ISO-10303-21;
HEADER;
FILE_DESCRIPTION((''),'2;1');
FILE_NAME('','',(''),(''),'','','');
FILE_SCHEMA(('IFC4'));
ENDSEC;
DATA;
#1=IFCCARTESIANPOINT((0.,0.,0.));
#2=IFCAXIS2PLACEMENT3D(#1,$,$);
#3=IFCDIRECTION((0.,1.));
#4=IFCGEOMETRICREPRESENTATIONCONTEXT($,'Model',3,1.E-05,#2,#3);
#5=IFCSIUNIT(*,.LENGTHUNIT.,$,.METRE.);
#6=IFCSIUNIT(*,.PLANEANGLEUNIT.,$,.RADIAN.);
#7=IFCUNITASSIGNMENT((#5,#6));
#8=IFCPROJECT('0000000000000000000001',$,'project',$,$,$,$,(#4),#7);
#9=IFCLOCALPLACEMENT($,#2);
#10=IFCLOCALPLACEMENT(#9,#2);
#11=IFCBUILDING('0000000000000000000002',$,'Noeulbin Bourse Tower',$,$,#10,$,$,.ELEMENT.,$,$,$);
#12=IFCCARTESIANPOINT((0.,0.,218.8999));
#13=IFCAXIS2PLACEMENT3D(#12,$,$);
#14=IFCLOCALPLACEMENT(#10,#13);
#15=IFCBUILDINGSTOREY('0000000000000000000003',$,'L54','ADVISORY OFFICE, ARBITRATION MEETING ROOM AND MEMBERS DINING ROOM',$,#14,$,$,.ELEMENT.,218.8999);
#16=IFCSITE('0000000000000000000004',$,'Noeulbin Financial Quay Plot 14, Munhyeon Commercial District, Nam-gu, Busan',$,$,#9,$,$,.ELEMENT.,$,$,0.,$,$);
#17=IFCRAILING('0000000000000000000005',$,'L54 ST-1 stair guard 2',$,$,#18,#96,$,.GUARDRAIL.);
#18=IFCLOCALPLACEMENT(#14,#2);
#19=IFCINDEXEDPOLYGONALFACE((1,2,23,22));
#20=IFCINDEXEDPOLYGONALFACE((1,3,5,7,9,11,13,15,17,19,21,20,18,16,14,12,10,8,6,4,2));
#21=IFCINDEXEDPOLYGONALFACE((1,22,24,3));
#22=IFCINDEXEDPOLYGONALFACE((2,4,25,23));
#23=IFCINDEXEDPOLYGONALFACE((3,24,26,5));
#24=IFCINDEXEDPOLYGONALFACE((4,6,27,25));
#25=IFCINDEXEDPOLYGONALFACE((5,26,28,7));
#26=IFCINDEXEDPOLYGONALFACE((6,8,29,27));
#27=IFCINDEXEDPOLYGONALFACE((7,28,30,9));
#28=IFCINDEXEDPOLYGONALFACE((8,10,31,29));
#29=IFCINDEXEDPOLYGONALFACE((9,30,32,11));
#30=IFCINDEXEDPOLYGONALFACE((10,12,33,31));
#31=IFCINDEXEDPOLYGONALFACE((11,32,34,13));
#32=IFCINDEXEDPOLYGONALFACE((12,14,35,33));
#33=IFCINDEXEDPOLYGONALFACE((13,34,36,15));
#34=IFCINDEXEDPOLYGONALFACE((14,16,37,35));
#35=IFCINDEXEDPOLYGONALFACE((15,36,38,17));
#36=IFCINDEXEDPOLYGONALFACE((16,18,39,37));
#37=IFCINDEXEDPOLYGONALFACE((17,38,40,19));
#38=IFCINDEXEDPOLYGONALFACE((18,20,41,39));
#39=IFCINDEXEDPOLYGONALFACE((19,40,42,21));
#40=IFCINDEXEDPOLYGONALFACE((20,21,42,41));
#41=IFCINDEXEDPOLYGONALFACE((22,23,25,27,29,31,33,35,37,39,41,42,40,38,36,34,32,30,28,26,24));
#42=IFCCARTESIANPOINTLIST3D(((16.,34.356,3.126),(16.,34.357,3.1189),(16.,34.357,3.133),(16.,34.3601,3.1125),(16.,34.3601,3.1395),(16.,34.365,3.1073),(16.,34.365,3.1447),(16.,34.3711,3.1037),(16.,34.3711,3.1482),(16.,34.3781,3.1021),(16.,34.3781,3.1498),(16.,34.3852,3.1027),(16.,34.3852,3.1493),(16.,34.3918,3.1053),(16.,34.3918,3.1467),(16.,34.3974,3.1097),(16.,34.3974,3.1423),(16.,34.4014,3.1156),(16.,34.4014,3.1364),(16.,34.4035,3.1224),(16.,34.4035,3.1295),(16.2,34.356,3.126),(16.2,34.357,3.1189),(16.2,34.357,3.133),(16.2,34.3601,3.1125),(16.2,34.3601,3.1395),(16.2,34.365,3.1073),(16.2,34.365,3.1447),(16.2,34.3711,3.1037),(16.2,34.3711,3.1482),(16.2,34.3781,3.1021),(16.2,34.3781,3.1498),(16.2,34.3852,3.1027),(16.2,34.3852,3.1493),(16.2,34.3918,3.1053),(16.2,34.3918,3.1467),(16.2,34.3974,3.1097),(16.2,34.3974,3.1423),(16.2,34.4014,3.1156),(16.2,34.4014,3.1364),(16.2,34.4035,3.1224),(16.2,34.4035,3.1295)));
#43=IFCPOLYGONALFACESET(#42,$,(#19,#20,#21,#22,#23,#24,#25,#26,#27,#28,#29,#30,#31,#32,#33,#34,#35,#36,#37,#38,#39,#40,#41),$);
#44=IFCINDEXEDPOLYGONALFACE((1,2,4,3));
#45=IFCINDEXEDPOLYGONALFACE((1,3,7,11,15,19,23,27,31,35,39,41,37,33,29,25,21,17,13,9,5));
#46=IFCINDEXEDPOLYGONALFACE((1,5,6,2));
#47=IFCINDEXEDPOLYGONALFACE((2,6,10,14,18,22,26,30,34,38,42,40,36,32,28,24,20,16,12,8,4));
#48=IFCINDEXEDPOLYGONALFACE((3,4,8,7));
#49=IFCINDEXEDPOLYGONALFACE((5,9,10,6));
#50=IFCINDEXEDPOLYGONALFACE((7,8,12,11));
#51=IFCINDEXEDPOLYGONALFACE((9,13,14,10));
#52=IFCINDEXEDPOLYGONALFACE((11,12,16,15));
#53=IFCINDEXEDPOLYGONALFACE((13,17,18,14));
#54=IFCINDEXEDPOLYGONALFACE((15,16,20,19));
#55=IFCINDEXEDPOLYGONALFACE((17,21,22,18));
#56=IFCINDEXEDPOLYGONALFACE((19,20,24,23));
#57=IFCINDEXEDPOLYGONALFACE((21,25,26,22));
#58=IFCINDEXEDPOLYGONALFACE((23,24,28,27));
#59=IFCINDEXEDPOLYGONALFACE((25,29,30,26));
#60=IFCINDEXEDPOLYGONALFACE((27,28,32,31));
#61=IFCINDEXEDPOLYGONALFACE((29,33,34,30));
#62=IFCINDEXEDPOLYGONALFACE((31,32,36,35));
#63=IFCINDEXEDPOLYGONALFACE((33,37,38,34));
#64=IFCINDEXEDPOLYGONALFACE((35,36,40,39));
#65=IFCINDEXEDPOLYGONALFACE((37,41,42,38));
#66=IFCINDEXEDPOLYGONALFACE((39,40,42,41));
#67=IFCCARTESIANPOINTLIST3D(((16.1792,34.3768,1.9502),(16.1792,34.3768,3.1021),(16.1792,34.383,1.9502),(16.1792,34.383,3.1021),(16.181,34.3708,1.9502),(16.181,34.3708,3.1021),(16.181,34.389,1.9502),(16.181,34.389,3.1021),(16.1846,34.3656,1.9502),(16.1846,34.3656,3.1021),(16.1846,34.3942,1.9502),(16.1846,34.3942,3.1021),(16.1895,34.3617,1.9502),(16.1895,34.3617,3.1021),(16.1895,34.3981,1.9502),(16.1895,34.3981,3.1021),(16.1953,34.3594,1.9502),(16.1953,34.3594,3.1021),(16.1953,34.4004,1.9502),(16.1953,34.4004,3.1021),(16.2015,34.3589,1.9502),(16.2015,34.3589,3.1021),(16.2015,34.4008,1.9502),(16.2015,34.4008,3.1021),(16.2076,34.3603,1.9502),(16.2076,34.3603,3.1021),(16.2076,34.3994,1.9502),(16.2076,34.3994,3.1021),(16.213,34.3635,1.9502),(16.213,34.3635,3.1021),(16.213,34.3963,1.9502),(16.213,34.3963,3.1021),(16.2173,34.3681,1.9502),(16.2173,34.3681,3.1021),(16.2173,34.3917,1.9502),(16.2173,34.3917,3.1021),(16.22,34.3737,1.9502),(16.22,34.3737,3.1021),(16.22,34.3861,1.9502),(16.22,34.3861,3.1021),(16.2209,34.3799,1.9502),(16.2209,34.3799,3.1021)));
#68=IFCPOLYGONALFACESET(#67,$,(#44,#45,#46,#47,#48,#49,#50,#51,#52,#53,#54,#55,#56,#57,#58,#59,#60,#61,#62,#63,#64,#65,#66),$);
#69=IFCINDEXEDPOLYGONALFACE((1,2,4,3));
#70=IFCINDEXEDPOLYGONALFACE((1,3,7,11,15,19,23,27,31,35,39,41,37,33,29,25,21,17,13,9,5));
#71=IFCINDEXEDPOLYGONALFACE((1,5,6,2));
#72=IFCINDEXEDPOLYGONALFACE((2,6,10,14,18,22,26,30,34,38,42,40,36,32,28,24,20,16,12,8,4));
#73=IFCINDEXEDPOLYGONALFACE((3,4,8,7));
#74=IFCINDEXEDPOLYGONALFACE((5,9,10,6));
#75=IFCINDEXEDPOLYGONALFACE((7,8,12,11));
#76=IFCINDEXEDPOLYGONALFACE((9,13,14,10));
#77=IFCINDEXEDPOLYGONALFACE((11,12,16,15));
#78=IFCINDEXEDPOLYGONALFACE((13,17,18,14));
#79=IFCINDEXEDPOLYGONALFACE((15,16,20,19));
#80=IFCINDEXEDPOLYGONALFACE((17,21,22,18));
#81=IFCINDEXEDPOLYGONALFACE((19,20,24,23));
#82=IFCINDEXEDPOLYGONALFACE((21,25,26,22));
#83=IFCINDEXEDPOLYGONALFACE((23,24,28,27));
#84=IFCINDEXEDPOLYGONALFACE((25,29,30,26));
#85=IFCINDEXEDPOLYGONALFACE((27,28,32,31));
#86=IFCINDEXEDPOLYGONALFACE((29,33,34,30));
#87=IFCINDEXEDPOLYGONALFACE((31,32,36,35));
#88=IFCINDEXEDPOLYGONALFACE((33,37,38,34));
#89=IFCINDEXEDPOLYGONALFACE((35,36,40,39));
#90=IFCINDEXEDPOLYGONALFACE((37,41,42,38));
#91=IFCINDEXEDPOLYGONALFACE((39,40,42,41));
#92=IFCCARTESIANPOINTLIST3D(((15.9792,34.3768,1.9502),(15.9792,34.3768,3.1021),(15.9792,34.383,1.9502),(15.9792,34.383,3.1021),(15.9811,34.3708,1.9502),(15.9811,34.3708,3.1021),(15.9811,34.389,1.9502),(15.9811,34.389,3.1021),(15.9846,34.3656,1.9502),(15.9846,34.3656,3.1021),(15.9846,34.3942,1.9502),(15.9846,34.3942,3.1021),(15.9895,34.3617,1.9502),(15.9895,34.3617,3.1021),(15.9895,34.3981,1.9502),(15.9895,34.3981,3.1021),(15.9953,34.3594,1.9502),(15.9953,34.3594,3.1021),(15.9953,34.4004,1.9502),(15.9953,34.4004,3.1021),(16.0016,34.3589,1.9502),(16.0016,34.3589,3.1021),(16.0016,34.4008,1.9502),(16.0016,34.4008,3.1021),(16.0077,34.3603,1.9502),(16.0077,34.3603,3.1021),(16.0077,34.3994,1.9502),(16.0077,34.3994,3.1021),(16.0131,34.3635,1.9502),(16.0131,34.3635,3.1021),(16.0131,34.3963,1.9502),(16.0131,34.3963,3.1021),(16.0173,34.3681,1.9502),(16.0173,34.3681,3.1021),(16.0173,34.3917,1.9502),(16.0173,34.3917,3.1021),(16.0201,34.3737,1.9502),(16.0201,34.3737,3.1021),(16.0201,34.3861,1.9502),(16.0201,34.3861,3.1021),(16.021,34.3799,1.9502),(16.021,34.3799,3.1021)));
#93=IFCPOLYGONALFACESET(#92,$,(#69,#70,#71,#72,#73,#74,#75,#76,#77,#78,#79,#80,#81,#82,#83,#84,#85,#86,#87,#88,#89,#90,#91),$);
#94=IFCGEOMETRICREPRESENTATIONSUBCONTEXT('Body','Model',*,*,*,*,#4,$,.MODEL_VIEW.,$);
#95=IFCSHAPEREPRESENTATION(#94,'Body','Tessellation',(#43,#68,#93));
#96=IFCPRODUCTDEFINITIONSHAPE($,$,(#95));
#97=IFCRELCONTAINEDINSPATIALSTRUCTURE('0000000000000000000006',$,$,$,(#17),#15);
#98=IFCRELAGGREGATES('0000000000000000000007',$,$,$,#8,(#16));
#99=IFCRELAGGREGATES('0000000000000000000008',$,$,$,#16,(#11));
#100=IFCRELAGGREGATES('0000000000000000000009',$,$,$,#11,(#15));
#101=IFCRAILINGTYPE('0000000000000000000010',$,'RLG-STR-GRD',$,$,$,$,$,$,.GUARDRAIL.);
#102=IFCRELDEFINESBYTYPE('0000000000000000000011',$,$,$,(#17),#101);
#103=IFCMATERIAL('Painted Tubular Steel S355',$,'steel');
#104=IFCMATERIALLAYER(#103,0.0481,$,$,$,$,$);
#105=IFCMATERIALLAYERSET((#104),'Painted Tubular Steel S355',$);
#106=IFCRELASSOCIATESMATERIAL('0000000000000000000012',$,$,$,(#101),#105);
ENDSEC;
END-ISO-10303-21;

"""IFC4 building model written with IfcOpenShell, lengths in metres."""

from ifc_helpers import new_model, si_unit, direction, frame, origin, origin_2d, place, context, subcontext, project, spatial, circle, extrude, material, layer, layer_set, type_object, element, save


model = new_model("IFC4")

# Units and contexts
model_context = context("Model", 3, precision=1e-05, world=origin(), true_north=direction((0.0, 1.0)))
body_context = subcontext(model_context, "Body", "Model", "MODEL_VIEW")
ifc_project = project(units=[si_unit("LENGTHUNIT", "METRE"), si_unit("PLANEANGLEUNIT", "RADIAN")], contexts=[model_context])

# Site, building, storey
site_placement = place(None, origin())
site = spatial("IfcSite", under=ifc_project, at=site_placement, Name="Noeulbin Financial Quay Plot 14, Munhyeon Commercial District, Nam-gu, Busan", CompositionType="ELEMENT", RefElevation=0.0)
building_placement = place(site_placement, origin())
building = spatial("IfcBuilding", under=site, at=building_placement, Name="Noeulbin Bourse Tower", CompositionType="ELEMENT")
storey_placement = place(building_placement, frame((0.0, 0.0, 218.8999)))
storey = spatial("IfcBuildingStorey", under=building, at=storey_placement, Name="L54", Description="ADVISORY OFFICE, ARBITRATION MEETING ROOM AND MEMBERS DINING ROOM", CompositionType="ELEMENT", Elevation=218.8999)

# Railing
ifc_material_1 = material(Name="Painted Tubular Steel S355", Category="steel")
ifc_layer_1 = layer(ifc_material_1, 0.0481)
ifc_layer_set_1 = layer_set([ifc_layer_1], Name="Painted Tubular Steel S355")
railing_type_1 = type_object("IfcRailingType", Name="RLG-STR-GRD", PredefinedType="GUARDRAIL", material=ifc_layer_set_1)
railing_1_placement = place(storey_placement, frame((16.2, 34.3799, 1.9502)))
element("IfcRailing", 1, at=railing_1_placement, inside=storey, type_object=railing_type_1, Name="L54 ST-1 stair guard 2", PredefinedType="GUARDRAIL", context=body_context, shape_type="SweptSolid", body=[
    extrude(circle(Radius=0.0239, at=origin_2d()), frame((0.0, 0.0, 1.1758), z_axis=(-1.0, 0.0, 0.0), x_axis=(0.0, -1.0, 0.0)), (0.0, 0.0, 1.0), 0.2),
    extrude(circle(Radius=0.021, at=origin_2d()), origin(), (0.0, 0.0, 1.0), 1.1519),
    extrude(circle(Radius=0.021, at=origin_2d()), frame((-0.2, 0.0, 0.0)), (0.0, 0.0, 1.0), 1.1519),
])

save(model, "model.ifc")
